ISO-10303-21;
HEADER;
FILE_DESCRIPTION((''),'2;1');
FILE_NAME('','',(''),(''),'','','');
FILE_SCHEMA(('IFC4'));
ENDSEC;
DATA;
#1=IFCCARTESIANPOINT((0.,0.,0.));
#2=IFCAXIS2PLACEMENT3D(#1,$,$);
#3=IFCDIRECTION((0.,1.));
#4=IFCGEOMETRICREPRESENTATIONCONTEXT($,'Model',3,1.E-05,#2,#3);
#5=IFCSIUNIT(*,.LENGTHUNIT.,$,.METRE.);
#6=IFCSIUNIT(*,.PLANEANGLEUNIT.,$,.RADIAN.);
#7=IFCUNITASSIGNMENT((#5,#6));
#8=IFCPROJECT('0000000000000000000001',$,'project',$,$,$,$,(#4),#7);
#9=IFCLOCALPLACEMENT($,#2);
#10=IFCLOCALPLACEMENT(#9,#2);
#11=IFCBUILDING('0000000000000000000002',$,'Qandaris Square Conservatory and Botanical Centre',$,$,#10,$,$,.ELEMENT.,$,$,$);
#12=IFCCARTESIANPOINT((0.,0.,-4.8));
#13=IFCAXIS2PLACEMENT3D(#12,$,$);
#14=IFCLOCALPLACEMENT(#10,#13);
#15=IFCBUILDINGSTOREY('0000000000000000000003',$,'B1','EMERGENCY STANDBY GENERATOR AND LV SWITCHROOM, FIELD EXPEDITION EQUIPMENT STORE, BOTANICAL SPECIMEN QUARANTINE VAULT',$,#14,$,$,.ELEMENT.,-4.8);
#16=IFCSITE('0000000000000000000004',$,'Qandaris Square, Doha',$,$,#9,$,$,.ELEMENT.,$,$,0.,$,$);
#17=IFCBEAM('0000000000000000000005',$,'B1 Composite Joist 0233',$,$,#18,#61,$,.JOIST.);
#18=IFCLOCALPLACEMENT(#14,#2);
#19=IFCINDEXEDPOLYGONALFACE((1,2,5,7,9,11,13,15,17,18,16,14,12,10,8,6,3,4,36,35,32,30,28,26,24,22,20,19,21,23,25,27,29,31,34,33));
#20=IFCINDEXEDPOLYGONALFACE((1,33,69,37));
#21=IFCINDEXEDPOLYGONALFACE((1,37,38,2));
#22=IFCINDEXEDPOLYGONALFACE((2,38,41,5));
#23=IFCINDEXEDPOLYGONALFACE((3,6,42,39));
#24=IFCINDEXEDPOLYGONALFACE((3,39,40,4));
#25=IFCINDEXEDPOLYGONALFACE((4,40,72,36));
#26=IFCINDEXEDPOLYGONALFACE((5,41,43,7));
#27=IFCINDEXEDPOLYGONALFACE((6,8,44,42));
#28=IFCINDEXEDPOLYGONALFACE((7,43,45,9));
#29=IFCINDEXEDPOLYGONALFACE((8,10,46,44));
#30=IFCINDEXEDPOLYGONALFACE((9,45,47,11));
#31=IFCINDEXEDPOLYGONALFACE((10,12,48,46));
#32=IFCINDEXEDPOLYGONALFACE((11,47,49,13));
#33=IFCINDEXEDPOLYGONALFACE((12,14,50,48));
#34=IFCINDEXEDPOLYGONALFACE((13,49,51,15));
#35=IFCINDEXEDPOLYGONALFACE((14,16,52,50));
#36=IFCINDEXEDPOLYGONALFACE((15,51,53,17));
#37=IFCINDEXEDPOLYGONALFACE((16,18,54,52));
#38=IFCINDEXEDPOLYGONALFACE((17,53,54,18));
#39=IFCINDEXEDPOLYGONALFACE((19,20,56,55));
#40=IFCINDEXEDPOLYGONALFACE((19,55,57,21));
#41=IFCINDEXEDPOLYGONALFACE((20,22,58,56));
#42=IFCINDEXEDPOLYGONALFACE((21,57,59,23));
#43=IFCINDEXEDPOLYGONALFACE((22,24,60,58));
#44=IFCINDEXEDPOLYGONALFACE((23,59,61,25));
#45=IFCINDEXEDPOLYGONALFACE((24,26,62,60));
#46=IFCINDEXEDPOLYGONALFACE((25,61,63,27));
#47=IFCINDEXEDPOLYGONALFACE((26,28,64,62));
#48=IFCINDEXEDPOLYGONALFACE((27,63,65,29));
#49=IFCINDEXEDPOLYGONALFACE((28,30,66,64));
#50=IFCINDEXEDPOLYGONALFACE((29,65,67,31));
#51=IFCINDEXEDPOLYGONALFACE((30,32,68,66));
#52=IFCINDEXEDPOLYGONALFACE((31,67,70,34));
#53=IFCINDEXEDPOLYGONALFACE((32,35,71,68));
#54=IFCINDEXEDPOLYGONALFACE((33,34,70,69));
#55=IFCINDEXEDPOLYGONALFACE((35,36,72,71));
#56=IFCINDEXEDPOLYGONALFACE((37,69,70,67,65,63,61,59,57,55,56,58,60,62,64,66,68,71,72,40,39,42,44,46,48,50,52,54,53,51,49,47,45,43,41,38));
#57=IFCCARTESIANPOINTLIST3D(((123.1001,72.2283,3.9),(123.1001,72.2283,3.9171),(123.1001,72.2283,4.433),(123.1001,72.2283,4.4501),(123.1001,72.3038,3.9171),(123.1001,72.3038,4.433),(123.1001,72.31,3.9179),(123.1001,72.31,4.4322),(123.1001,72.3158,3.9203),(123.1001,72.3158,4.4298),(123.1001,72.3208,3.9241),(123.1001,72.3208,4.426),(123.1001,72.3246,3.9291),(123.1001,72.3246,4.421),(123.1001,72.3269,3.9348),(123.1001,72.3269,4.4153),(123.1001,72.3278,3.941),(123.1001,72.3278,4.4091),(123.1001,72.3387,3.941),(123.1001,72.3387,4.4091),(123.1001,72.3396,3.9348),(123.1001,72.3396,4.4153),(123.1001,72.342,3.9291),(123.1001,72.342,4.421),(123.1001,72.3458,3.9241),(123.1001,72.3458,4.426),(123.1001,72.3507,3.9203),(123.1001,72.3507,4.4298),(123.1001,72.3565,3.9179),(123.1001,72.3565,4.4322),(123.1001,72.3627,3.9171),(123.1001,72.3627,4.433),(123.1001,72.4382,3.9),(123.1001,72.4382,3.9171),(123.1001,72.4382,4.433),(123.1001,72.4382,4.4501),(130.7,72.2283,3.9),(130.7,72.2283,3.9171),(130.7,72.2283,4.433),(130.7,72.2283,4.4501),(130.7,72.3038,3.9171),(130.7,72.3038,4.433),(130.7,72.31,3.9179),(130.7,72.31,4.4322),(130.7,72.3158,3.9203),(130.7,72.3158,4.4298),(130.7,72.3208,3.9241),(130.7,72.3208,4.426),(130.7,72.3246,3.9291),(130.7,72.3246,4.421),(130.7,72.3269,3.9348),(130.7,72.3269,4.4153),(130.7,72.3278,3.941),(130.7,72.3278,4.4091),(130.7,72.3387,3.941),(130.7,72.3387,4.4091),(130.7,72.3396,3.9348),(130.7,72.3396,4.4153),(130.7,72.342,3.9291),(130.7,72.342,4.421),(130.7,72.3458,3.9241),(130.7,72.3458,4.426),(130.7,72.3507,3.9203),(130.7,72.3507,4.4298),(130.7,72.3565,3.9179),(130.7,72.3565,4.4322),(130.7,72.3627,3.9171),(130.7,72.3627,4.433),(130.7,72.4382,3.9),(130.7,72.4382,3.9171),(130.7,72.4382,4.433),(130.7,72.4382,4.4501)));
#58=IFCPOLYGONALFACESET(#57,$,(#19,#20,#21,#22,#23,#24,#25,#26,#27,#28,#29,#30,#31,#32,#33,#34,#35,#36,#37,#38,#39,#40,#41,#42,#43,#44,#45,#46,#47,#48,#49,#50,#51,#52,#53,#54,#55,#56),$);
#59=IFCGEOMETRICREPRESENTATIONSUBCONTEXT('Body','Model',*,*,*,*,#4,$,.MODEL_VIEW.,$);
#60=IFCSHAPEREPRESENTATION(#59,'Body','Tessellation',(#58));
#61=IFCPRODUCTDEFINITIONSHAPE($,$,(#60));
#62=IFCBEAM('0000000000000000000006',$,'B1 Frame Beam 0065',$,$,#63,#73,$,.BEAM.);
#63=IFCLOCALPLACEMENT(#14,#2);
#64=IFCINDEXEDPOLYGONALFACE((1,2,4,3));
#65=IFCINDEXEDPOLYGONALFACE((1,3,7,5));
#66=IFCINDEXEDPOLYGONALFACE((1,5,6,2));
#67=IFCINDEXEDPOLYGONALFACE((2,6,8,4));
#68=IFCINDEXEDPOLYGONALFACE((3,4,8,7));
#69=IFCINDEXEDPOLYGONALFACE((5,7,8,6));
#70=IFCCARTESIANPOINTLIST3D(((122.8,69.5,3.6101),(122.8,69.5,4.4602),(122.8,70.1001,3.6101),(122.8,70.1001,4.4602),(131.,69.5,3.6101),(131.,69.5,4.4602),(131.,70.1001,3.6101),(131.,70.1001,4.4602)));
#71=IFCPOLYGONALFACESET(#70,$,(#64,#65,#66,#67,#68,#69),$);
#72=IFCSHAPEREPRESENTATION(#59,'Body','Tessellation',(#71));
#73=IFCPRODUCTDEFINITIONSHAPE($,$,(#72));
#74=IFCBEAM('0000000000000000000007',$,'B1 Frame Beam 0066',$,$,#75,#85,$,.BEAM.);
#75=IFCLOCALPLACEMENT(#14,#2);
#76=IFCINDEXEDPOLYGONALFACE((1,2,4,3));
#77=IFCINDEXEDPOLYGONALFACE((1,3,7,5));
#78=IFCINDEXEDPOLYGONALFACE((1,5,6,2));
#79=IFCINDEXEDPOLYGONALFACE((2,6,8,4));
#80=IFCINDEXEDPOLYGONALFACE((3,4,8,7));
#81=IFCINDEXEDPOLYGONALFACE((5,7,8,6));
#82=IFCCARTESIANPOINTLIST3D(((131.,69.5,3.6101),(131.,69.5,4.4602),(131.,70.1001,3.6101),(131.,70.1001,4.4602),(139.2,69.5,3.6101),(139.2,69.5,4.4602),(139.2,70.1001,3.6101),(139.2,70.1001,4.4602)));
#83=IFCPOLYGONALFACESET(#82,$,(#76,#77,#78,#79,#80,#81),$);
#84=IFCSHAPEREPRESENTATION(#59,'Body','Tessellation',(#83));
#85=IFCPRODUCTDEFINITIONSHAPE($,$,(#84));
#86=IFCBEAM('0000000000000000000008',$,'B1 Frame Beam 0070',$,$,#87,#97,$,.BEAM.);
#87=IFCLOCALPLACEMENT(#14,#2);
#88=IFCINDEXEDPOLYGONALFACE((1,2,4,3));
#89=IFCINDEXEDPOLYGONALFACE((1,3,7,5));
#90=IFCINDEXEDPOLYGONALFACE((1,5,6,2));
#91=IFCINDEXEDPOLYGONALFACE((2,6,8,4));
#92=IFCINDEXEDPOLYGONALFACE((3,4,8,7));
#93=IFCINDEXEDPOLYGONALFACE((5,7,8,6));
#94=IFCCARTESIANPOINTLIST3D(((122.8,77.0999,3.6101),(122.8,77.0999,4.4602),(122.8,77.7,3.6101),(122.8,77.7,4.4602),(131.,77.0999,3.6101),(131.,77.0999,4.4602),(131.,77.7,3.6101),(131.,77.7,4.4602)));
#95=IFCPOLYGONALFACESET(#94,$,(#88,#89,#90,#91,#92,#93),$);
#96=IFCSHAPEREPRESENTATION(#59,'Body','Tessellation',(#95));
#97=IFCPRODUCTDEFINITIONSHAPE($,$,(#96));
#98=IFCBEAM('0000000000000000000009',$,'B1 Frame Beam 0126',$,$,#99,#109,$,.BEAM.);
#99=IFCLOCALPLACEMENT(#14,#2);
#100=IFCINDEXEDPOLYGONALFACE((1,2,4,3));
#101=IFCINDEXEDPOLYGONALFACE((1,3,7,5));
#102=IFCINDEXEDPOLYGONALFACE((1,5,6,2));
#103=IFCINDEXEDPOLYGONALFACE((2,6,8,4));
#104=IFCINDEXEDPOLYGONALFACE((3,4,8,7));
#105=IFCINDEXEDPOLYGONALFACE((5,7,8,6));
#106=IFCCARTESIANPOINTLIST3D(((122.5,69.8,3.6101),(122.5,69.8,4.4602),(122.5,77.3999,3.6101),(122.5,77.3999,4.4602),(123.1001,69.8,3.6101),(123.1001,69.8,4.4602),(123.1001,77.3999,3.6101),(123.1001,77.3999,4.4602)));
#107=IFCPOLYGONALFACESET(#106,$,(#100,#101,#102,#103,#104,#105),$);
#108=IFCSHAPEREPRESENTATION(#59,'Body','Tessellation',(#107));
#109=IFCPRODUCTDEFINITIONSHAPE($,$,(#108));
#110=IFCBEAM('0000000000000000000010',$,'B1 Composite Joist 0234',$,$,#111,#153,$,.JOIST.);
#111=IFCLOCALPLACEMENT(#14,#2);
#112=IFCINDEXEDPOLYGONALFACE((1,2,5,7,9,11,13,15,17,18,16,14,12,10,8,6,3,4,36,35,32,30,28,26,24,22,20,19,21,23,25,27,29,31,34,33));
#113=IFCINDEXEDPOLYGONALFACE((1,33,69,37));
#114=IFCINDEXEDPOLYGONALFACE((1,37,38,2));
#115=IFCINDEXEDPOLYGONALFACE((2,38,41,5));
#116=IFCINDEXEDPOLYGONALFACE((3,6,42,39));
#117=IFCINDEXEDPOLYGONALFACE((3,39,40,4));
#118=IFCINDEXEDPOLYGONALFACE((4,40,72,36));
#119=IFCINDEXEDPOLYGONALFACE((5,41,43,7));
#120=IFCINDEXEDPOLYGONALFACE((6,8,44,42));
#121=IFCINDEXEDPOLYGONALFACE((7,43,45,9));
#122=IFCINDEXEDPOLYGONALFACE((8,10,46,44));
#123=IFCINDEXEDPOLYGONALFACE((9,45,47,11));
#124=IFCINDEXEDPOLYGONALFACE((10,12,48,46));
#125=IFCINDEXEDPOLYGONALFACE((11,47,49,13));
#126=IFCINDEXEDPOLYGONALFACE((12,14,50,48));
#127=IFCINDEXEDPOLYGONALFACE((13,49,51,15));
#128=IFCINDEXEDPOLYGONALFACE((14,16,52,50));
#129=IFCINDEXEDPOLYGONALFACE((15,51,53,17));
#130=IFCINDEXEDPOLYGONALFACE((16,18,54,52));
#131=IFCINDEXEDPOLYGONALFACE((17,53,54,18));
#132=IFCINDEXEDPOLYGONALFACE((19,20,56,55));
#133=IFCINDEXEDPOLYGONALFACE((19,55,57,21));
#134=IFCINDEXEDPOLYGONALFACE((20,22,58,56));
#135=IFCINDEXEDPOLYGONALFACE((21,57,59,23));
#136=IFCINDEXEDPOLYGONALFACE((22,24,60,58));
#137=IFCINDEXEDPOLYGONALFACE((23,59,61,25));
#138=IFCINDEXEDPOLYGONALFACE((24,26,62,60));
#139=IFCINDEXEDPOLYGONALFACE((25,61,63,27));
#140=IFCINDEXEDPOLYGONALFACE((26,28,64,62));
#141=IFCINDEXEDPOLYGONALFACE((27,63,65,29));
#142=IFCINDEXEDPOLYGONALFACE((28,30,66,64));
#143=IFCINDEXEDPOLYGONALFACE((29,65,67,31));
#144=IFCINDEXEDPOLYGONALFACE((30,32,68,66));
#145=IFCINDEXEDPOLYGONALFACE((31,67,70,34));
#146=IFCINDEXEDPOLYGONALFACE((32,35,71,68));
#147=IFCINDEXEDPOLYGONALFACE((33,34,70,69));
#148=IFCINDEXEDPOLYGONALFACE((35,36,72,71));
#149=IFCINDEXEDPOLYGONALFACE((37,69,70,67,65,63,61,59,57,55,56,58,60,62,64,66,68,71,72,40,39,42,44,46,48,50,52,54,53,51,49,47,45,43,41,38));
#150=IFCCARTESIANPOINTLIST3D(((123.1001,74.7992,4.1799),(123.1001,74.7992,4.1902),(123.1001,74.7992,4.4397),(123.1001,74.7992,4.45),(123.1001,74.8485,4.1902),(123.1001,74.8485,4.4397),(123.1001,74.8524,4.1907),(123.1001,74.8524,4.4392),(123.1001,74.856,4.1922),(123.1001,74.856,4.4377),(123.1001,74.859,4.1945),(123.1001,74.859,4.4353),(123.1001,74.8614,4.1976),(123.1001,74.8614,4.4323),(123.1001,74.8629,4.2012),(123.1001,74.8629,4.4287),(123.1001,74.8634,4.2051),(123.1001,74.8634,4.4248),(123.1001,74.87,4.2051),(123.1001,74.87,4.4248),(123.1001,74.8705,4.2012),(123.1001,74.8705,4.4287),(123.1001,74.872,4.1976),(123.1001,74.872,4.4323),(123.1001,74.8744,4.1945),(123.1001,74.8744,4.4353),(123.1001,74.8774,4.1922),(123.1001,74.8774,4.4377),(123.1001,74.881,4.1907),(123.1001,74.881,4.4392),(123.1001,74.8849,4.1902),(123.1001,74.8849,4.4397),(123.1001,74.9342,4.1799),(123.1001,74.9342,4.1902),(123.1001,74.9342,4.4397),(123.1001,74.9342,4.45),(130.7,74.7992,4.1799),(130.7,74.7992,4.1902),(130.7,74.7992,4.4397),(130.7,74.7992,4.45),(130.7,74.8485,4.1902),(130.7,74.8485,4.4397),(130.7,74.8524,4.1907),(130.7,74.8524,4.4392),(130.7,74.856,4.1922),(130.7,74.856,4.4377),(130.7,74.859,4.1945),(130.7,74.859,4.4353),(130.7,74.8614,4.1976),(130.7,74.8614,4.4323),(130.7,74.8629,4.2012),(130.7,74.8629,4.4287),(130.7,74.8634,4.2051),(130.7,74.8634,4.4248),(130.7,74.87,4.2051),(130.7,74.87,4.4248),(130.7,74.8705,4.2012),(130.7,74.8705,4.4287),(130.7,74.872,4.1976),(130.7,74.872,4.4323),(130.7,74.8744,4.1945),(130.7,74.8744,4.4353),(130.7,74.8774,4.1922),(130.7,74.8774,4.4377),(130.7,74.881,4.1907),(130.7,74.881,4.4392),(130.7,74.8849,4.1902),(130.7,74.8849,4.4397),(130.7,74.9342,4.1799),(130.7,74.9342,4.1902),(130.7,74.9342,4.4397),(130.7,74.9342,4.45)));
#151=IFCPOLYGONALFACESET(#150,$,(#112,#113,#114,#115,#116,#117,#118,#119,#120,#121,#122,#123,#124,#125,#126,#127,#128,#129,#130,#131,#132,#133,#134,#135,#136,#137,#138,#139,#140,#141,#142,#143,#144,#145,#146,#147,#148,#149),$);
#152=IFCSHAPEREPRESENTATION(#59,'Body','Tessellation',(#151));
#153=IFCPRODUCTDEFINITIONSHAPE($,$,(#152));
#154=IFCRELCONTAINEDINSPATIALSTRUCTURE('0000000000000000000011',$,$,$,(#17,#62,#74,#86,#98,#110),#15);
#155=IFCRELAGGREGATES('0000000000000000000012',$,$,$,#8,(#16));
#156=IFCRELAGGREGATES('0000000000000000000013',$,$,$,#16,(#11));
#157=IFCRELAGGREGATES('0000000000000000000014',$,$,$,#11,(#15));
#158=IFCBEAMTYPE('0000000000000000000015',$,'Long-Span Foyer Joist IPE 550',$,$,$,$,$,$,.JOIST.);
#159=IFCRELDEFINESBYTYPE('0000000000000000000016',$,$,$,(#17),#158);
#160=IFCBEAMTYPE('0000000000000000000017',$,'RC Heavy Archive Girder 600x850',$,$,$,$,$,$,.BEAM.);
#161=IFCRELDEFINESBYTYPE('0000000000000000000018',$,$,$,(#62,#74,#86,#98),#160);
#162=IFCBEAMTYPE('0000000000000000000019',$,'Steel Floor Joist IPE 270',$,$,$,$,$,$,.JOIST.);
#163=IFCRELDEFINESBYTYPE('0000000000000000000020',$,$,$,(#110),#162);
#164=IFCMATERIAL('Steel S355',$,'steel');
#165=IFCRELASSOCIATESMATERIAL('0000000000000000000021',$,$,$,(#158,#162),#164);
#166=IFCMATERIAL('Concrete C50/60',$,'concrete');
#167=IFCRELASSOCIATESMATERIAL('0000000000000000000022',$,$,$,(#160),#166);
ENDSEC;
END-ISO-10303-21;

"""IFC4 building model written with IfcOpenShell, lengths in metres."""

from ifc_helpers import new_model, si_unit, direction, frame, origin, origin_2d, place, context, subcontext, project, spatial, rectangle, i_section, extrude, material, material_profile, profile_set, type_object, element, save


model = new_model("IFC4")

# Units and contexts
model_context = context("Model", 3, precision=1e-05, world=origin(), true_north=direction((0.0, 1.0)))
body_context = subcontext(model_context, "Body", "Model", "MODEL_VIEW")
ifc_project = project(units=[si_unit("LENGTHUNIT", "METRE"), si_unit("PLANEANGLEUNIT", "RADIAN")], contexts=[model_context])

# Site, building, storey
site_placement = place(None, origin())
site = spatial("IfcSite", under=ifc_project, at=site_placement, Name="Qandaris Square, Doha", CompositionType="ELEMENT", RefElevation=0.0)
building_placement = place(site_placement, origin())
building = spatial("IfcBuilding", under=site, at=building_placement, Name="Qandaris Square Conservatory and Botanical Centre", CompositionType="ELEMENT")
storey_placement = place(building_placement, frame((0.0, 0.0, -4.8)))
storey = spatial("IfcBuildingStorey", under=building, at=storey_placement, Name="B1", Description="EMERGENCY STANDBY GENERATOR AND LV SWITCHROOM, FIELD EXPEDITION EQUIPMENT STORE, BOTANICAL SPECIMEN QUARANTINE VAULT", CompositionType="ELEMENT", Elevation=-4.8)

# Shared definitions
ifc_material_1 = material(Name="Concrete C50/60", Category="concrete")

# Beams
ifc_material_2 = material(Name="Steel S355", Category="steel")
ifc_material_profile_1 = material_profile(ifc_material_2, i_section(OverallWidth=0.21, OverallDepth=0.55, WebThickness=0.011, FlangeThickness=0.0171, FilletRadius=0.0239, at=origin_2d()), Name="IPE 550")
ifc_profile_set_1 = profile_set([ifc_material_profile_1], Name="Steel S355")
beam_type_1 = type_object("IfcBeamType", Name="Long-Span Foyer Joist IPE 550", PredefinedType="JOIST", material=ifc_profile_set_1)
for number, where, z_axis, x_axis, name in (
    (1, (123.1001, 72.3333, 4.175), (1.0, 0.0, 0.0), (0.0, 1.0, 0.0), "B1 Composite Joist 0233"),
):
    element("IfcBeam", number, at=place(storey_placement, frame(where, z_axis=z_axis, x_axis=x_axis)), inside=storey, type_object=beam_type_1, Name=name, PredefinedType="JOIST", context=body_context, shape_type="SweptSolid", body=[
        extrude(i_section(OverallWidth=0.21, OverallDepth=0.55, WebThickness=0.011, FlangeThickness=0.0171, FilletRadius=0.0239, at=origin_2d()), origin(), (0.0, 0.0, 1.0), 7.5999),
    ])
ifc_material_profile_2 = material_profile(ifc_material_1, rectangle(XDim=0.6001, YDim=0.8501, at=origin_2d()), Name="RC-BM 600x850")
ifc_profile_set_2 = profile_set([ifc_material_profile_2], Name="Concrete C50/60")
beam_type_2 = type_object("IfcBeamType", Name="RC Heavy Archive Girder 600x850", PredefinedType="BEAM", material=ifc_profile_set_2)
for number, where, z_axis, x_axis, name in (
    (2, (122.8, 69.8, 4.0352), (1.0, 0.0, 0.0), (0.0, 1.0, 0.0), "B1 Frame Beam 0065"),
    (3, (131.0, 69.8, 4.0352), (1.0, 0.0, 0.0), (0.0, 1.0, 0.0), "B1 Frame Beam 0066"),
    (4, (122.8, 77.3999, 4.0352), (1.0, 0.0, 0.0), (0.0, 1.0, 0.0), "B1 Frame Beam 0070"),
):
    element("IfcBeam", number, at=place(storey_placement, frame(where, z_axis=z_axis, x_axis=x_axis)), inside=storey, type_object=beam_type_2, Name=name, PredefinedType="BEAM", context=body_context, shape_type="SweptSolid", body=[
        extrude(rectangle(XDim=0.6001, YDim=0.8501, at=origin_2d()), origin(), (0.0, 0.0, 1.0), 8.2),
    ])
beam_1_placement = place(storey_placement, frame((122.8, 69.8, 4.0352), z_axis=(0.0, 1.0, 0.0), x_axis=(-1.0, 0.0, 0.0)))
element("IfcBeam", 5, at=beam_1_placement, inside=storey, type_object=beam_type_2, Name="B1 Frame Beam 0126", PredefinedType="BEAM", context=body_context, shape_type="SweptSolid", body=[
    extrude(rectangle(XDim=0.6001, YDim=0.8501, at=origin_2d()), origin(), (0.0, 0.0, 1.0), 7.5999),
])
ifc_material_profile_3 = material_profile(ifc_material_2, i_section(OverallWidth=0.135, OverallDepth=0.27, WebThickness=0.0066, FlangeThickness=0.0103, FilletRadius=0.0149, at=origin_2d()), Name="IPE 270")
ifc_profile_set_3 = profile_set([ifc_material_profile_3], Name="Steel S355")
beam_type_3 = type_object("IfcBeamType", Name="Steel Floor Joist IPE 270", PredefinedType="JOIST", material=ifc_profile_set_3)
beam_2_placement = place(storey_placement, frame((123.1001, 74.8667, 4.3149), z_axis=(1.0, 0.0, 0.0), x_axis=(0.0, 1.0, 0.0)))
element("IfcBeam", 6, at=beam_2_placement, inside=storey, type_object=beam_type_3, Name="B1 Composite Joist 0234", PredefinedType="JOIST", context=body_context, shape_type="SweptSolid", body=[
    extrude(i_section(OverallWidth=0.135, OverallDepth=0.27, WebThickness=0.0066, FlangeThickness=0.0103, FilletRadius=0.0149, at=origin_2d()), origin(), (0.0, 0.0, 1.0), 7.5999),
])

save(model, "model.ifc")
